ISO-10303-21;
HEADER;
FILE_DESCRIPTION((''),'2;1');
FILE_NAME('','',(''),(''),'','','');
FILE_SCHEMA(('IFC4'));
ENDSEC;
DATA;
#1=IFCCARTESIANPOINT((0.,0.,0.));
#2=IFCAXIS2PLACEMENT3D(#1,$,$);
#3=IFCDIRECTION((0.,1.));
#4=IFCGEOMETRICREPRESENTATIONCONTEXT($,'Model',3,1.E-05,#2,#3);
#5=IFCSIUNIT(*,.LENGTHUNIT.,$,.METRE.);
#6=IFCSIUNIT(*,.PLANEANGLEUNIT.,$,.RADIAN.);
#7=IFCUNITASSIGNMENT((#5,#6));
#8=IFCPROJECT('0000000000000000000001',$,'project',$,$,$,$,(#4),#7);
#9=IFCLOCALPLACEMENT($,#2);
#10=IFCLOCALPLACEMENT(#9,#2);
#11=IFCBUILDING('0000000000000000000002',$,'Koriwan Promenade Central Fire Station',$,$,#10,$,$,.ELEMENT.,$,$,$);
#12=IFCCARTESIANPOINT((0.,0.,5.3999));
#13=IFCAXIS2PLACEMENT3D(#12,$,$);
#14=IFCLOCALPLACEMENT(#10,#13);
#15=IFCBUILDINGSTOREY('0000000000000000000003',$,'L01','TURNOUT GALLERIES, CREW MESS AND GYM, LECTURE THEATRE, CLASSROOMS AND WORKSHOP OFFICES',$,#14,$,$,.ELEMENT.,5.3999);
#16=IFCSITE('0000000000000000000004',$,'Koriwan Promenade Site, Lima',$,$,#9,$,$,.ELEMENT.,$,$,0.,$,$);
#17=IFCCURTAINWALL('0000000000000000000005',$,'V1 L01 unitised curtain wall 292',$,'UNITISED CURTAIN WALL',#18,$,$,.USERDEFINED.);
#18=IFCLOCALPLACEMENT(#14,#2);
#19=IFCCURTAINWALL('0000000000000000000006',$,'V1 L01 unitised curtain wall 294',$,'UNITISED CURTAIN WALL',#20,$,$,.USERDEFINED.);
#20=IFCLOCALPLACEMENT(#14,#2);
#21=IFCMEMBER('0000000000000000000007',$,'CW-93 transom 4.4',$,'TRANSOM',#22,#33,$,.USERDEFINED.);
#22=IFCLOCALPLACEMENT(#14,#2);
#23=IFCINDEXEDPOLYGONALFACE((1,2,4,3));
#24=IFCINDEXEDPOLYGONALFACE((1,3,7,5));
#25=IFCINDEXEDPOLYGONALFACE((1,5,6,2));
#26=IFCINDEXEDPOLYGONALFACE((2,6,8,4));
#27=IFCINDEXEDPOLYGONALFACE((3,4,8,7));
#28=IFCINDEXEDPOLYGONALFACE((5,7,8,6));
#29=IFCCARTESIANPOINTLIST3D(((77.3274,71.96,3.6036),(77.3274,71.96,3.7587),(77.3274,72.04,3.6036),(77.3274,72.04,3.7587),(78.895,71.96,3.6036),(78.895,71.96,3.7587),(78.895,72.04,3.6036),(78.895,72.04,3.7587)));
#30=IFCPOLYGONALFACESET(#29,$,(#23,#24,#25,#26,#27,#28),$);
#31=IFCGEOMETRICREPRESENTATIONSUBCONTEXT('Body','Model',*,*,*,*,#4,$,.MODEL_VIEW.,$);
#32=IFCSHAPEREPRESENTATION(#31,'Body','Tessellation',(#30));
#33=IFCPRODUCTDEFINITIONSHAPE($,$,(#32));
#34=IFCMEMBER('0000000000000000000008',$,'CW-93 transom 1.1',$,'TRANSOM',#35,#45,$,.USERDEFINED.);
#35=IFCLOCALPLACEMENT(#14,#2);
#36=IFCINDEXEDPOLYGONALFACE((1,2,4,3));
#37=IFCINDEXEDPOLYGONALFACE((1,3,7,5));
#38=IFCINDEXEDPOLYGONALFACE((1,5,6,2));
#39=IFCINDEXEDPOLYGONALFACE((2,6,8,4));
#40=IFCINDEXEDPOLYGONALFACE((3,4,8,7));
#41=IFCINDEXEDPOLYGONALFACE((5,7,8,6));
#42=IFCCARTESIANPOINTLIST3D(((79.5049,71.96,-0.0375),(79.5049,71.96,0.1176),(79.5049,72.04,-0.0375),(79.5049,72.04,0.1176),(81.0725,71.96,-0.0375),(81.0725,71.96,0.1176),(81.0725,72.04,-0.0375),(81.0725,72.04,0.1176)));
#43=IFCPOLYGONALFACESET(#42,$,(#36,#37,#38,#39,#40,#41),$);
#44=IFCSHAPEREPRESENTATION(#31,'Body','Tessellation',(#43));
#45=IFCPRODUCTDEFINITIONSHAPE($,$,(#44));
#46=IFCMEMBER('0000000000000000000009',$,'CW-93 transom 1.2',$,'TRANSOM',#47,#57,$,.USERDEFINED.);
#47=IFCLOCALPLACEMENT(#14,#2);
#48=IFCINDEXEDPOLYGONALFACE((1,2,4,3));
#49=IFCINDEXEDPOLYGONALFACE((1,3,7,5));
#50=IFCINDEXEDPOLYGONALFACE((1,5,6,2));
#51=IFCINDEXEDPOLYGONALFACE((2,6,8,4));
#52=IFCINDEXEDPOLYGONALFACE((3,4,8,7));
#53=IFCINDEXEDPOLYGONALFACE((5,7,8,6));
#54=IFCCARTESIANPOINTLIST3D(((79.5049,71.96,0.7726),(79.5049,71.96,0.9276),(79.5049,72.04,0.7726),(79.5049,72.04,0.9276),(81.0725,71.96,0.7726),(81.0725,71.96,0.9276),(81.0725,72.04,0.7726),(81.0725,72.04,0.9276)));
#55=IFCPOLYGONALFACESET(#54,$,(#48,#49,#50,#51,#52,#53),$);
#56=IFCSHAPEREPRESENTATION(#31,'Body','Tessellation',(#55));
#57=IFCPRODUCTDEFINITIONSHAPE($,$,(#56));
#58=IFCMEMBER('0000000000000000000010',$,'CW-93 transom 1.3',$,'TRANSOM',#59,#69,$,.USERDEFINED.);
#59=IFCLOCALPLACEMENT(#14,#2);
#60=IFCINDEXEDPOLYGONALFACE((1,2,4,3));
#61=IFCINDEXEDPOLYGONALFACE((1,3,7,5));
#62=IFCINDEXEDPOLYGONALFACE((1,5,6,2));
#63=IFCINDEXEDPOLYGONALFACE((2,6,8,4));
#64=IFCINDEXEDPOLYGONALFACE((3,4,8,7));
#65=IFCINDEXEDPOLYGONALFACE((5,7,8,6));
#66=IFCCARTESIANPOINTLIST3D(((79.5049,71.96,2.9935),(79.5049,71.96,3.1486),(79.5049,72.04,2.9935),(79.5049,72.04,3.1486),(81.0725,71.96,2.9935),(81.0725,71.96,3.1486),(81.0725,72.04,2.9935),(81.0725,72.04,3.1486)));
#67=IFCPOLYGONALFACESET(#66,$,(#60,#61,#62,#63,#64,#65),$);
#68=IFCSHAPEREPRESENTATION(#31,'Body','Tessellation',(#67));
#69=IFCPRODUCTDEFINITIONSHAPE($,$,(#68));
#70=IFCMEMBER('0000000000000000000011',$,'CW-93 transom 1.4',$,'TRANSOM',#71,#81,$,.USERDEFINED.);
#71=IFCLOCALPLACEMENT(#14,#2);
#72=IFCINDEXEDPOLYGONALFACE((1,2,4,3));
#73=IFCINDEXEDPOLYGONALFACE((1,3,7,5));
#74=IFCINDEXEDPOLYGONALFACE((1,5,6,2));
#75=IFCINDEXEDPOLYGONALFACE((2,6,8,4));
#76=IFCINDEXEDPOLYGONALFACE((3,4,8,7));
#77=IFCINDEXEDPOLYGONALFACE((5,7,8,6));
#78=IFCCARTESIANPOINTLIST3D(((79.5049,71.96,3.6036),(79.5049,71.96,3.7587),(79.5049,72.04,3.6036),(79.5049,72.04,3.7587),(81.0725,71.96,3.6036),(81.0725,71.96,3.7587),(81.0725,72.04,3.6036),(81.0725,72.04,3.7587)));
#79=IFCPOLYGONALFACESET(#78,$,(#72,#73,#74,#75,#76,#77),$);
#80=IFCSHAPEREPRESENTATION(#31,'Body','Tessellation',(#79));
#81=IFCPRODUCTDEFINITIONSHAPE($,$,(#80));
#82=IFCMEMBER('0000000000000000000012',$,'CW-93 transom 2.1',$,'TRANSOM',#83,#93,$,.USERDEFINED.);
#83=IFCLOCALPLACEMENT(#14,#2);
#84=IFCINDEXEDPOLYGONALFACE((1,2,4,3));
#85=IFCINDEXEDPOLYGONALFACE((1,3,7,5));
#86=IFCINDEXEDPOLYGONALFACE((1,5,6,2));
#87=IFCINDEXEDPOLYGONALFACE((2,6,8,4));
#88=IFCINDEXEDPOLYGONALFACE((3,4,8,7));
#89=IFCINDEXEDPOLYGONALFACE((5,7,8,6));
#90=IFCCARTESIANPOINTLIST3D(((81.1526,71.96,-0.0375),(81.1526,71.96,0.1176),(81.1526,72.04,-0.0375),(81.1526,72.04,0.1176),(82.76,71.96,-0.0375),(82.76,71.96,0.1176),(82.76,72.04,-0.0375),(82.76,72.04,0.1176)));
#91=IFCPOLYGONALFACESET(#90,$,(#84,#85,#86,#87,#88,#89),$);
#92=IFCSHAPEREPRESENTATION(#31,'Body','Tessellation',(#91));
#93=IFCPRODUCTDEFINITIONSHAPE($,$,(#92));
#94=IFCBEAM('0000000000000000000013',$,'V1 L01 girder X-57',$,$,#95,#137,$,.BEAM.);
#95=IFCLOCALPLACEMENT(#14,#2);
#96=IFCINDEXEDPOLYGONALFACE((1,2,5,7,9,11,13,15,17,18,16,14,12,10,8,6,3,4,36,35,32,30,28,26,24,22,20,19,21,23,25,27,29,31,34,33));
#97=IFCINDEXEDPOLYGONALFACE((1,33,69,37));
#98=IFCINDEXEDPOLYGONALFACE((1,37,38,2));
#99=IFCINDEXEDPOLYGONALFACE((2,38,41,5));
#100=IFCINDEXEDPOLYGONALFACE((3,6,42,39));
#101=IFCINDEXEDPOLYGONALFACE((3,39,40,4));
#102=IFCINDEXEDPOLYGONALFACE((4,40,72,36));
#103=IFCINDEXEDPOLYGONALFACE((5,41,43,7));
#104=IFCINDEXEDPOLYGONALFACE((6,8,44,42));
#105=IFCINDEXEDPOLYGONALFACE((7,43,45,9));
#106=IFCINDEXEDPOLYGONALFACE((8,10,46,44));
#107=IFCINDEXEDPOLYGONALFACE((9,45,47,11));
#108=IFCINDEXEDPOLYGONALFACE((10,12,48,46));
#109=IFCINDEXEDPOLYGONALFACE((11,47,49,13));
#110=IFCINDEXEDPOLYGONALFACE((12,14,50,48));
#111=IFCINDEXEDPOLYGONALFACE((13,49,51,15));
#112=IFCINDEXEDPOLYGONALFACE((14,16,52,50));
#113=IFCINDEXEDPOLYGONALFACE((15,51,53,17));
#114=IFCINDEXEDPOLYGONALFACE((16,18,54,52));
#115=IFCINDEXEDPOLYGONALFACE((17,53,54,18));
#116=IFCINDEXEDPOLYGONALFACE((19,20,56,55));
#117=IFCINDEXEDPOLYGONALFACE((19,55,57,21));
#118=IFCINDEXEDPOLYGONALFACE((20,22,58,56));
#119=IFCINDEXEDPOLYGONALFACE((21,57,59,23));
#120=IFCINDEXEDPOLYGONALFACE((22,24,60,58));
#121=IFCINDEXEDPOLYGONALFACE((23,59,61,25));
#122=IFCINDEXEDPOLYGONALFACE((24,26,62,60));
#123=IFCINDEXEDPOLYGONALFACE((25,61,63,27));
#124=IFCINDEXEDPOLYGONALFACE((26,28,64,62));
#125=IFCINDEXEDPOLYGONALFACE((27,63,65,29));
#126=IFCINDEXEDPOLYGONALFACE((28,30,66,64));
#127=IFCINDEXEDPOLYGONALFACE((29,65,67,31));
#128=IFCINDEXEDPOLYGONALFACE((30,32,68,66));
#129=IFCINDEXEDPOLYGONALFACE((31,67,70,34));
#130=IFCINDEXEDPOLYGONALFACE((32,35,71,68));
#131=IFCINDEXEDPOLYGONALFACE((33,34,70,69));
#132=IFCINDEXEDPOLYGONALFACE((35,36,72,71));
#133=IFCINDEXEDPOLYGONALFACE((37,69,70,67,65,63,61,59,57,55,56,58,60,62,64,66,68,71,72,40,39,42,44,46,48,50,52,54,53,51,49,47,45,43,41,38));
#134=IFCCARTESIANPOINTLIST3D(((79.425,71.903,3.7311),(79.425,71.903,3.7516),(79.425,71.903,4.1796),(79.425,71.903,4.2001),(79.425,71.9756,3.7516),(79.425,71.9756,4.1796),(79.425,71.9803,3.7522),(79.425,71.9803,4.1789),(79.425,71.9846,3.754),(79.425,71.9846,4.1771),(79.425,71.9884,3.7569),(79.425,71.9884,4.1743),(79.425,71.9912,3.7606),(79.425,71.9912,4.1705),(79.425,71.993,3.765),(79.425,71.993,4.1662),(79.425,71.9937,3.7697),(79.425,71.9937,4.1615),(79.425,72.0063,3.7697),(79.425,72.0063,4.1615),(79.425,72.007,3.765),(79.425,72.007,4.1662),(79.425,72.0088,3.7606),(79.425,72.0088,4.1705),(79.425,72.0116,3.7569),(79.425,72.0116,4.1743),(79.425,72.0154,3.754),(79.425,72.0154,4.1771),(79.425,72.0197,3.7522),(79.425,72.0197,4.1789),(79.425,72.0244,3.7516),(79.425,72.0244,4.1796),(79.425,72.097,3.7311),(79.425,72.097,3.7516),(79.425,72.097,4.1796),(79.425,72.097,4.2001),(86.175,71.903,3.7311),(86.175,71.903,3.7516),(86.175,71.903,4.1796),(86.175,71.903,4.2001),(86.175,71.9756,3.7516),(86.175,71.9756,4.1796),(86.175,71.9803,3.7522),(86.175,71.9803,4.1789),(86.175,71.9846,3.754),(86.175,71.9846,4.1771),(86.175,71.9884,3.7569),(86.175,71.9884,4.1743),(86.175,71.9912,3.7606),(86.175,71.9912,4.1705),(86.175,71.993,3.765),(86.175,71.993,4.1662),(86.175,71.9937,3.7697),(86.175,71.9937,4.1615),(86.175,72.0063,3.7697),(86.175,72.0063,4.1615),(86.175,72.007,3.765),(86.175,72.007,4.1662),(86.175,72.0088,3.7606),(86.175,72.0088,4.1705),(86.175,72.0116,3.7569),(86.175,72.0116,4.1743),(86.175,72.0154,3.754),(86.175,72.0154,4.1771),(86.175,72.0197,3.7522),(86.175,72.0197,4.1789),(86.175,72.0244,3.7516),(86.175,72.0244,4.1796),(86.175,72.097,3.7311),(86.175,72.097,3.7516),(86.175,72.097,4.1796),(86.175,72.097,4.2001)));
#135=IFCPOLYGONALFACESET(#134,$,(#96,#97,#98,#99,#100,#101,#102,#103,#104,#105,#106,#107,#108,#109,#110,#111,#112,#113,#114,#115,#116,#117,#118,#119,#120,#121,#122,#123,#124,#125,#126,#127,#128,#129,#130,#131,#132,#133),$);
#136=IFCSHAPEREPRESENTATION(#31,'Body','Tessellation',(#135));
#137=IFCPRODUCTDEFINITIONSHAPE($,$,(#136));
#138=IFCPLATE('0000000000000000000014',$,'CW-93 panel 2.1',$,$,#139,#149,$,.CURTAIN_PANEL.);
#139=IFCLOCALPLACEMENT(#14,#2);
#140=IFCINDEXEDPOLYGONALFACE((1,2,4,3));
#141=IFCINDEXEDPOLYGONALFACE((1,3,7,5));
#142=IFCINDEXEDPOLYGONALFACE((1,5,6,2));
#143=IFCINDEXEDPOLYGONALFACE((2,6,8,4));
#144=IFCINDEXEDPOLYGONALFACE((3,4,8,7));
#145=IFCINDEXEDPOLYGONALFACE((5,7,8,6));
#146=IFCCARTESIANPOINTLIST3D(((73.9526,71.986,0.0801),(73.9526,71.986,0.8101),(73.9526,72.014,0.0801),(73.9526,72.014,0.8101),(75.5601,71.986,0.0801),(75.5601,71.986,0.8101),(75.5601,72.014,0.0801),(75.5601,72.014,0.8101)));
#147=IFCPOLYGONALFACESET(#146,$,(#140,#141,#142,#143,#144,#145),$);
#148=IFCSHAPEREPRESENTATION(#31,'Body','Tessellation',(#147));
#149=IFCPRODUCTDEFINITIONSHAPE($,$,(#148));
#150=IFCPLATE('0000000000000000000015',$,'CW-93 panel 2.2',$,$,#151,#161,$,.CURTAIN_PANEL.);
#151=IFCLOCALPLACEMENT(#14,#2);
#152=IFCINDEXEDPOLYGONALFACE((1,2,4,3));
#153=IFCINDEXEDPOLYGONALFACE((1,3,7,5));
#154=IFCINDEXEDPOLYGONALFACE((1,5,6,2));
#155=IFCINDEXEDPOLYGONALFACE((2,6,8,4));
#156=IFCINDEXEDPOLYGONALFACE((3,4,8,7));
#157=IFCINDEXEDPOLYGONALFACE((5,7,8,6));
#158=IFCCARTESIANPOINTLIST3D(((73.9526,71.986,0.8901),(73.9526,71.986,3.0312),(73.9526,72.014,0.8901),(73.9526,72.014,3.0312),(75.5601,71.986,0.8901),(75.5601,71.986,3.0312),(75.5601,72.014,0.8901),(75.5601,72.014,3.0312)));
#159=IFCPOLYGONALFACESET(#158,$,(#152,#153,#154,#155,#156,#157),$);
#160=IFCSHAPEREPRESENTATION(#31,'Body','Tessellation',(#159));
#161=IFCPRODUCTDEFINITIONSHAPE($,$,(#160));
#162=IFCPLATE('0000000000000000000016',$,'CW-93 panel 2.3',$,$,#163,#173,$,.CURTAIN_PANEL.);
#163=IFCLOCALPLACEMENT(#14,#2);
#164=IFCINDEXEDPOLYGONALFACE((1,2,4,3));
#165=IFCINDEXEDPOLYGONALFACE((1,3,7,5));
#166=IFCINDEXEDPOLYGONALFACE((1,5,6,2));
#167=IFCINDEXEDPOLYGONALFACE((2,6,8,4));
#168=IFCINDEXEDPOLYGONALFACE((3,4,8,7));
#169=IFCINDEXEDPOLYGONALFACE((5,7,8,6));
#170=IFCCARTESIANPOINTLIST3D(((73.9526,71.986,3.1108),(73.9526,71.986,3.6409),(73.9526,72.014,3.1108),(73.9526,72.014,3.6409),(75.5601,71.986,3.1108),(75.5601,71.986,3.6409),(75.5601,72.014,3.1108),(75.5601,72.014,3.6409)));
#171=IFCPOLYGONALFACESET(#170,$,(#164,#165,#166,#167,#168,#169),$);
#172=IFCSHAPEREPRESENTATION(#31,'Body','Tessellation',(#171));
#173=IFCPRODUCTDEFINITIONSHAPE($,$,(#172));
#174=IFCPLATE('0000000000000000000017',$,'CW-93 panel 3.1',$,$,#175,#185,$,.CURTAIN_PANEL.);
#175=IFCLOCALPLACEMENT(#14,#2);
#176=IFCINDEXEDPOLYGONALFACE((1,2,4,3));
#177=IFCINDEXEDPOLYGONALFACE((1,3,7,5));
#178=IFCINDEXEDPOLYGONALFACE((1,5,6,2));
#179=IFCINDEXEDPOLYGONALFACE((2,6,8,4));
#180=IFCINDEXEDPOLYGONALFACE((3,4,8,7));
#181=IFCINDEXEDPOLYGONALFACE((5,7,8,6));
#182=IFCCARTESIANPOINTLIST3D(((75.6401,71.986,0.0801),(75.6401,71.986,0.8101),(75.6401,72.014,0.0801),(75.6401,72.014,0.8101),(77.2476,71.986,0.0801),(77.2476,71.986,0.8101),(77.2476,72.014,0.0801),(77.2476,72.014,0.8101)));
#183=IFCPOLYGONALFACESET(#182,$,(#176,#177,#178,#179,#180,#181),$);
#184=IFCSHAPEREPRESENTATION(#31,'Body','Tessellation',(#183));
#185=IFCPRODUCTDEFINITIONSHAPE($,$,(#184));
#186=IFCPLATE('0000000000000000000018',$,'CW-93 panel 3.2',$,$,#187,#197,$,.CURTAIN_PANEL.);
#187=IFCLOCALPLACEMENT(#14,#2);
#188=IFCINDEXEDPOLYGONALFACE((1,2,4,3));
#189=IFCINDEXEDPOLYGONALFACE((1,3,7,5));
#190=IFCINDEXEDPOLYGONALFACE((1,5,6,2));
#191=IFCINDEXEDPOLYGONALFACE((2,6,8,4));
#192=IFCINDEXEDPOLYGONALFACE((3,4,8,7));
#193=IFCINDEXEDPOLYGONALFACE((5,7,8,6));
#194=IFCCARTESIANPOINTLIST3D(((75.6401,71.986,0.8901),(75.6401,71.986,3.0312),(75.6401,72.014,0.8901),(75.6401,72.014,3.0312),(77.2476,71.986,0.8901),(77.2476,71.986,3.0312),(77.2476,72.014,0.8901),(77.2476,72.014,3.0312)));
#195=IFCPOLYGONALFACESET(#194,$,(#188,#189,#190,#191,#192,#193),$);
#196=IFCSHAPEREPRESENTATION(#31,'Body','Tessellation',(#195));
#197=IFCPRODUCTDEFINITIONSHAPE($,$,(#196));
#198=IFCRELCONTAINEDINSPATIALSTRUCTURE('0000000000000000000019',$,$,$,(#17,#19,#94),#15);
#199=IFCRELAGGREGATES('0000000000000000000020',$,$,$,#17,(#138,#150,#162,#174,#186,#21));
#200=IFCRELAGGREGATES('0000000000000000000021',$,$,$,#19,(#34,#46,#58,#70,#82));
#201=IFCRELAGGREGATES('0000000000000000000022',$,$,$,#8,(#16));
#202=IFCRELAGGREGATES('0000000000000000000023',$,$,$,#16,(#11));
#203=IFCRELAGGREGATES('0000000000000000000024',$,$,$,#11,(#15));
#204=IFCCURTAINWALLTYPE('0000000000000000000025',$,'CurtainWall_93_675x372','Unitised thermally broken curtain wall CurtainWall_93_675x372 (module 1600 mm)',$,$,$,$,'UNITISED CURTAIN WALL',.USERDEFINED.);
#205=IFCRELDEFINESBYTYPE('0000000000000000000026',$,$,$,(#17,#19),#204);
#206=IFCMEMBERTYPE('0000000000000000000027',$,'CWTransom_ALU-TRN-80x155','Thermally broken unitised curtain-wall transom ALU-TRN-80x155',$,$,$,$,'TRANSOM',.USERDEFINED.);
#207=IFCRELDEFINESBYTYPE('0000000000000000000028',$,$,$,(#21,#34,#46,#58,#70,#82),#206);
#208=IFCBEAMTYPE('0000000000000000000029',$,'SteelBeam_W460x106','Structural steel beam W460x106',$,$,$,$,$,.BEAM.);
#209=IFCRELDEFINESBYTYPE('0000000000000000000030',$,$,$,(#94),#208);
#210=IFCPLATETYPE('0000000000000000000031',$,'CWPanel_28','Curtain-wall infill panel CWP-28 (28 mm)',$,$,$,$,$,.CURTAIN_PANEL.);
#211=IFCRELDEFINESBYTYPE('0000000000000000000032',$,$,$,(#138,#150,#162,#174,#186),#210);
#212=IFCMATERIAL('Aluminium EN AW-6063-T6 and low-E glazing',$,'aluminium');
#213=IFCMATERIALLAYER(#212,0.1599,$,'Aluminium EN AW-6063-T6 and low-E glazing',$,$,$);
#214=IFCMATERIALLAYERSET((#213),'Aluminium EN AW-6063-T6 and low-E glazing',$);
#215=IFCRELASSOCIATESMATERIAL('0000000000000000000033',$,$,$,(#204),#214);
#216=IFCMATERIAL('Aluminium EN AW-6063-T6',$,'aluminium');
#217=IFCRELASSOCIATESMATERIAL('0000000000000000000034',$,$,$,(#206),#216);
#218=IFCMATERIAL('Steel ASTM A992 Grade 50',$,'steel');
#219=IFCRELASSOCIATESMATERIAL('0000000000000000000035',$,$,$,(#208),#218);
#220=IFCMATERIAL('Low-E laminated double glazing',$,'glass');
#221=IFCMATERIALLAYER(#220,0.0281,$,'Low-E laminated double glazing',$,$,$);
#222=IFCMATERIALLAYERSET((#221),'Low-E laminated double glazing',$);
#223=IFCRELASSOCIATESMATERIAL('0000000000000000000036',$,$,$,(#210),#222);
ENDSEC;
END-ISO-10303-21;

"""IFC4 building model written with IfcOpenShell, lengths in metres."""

from ifc_helpers import new_model, si_unit, direction, frame, origin, origin_2d, place, context, subcontext, project, spatial, rectangle, i_section, extrude, material, layer, layer_set, material_profile, profile_set, type_object, element, aggregate, save


model = new_model("IFC4")

# Units and contexts
model_context = context("Model", 3, precision=1e-05, world=origin(), true_north=direction((0.0, 1.0)))
body_context = subcontext(model_context, "Body", "Model", "MODEL_VIEW")
ifc_project = project(units=[si_unit("LENGTHUNIT", "METRE"), si_unit("PLANEANGLEUNIT", "RADIAN")], contexts=[model_context])

# Site, building, storey
site_placement = place(None, origin())
site = spatial("IfcSite", under=ifc_project, at=site_placement, Name="Koriwan Promenade Site, Lima", CompositionType="ELEMENT", RefElevation=0.0)
building_placement = place(site_placement, origin())
building = spatial("IfcBuilding", under=site, at=building_placement, Name="Koriwan Promenade Central Fire Station", CompositionType="ELEMENT")
storey_placement = place(building_placement, frame((0.0, 0.0, 5.3999)))
storey = spatial("IfcBuildingStorey", under=building, at=storey_placement, Name="L01", Description="TURNOUT GALLERIES, CREW MESS AND GYM, LECTURE THEATRE, CLASSROOMS AND WORKSHOP OFFICES", CompositionType="ELEMENT", Elevation=5.3999)

# Curtain walls
ifc_material_1 = material(Name="Aluminium EN AW-6063-T6 and low-E glazing", Category="aluminium")
ifc_layer_1 = layer(ifc_material_1, 0.1599, Name="Aluminium EN AW-6063-T6 and low-E glazing")
ifc_layer_set_1 = layer_set([ifc_layer_1], Name="Aluminium EN AW-6063-T6 and low-E glazing")
curtain_wall_type = type_object("IfcCurtainWallType", Name="CurtainWall_93_675x372", Description="Unitised thermally broken curtain wall CurtainWall_93_675x372 (module 1600 mm)", ElementType="UNITISED CURTAIN WALL", PredefinedType="USERDEFINED", material=ifc_layer_set_1)
curtain_wall_1_placement = place(storey_placement, origin())
curtain_wall_1 = element("IfcCurtainWall", 1, at=curtain_wall_1_placement, inside=storey, type_object=curtain_wall_type, Name="V1 L01 unitised curtain wall 292", ObjectType="UNITISED CURTAIN WALL", PredefinedType="USERDEFINED")
ifc_material_2 = material(Name="Aluminium EN AW-6063-T6", Category="aluminium")
curtain_wall_2_placement = place(storey_placement, origin())
curtain_wall_2 = element("IfcCurtainWall", 2, at=curtain_wall_2_placement, inside=storey, type_object=curtain_wall_type, Name="V1 L01 unitised curtain wall 294", ObjectType="UNITISED CURTAIN WALL", PredefinedType="USERDEFINED")

# Members
ifc_material_profile_1 = material_profile(ifc_material_2, rectangle(XDim=0.0801, YDim=0.155, at=origin_2d()), Name="ALU-TRN-80x155")
ifc_profile_set_1 = profile_set([ifc_material_profile_1], Name="Aluminium EN AW-6063-T6")
member_type_1 = type_object("IfcMemberType", Name="CWTransom_ALU-TRN-80x155", Description="Thermally broken unitised curtain-wall transom ALU-TRN-80x155", ElementType="TRANSOM", PredefinedType="USERDEFINED", material=ifc_profile_set_1)
member_1_placement = place(storey_placement, frame((77.3274, 72.0, 3.6812), z_axis=(1.0, 0.0, 0.0), x_axis=(0.0, 1.0, 0.0)))
member_1 = element("IfcMember", 3, at=member_1_placement, type_object=member_type_1, Name="CW-93 transom 4.4", ObjectType="TRANSOM", PredefinedType="USERDEFINED", context=body_context, shape_type="SweptSolid", body=[
    extrude(rectangle(XDim=0.0801, YDim=0.155, at=origin_2d()), origin(), (0.0, 0.0, 1.0), 1.5676),
])
member_2_placement = place(storey_placement, frame((79.5049, 72.0, 0.04), z_axis=(1.0, 0.0, 0.0), x_axis=(0.0, 1.0, 0.0)))
member_2 = element("IfcMember", 4, at=member_2_placement, type_object=member_type_1, Name="CW-93 transom 1.1", ObjectType="TRANSOM", PredefinedType="USERDEFINED", context=body_context, shape_type="SweptSolid", body=[
    extrude(rectangle(XDim=0.0801, YDim=0.155, at=origin_2d()), origin(), (0.0, 0.0, 1.0), 1.5676),
])
member_3_placement = place(storey_placement, frame((79.5049, 72.0, 0.8501), z_axis=(1.0, 0.0, 0.0), x_axis=(0.0, 1.0, 0.0)))
member_3 = element("IfcMember", 5, at=member_3_placement, type_object=member_type_1, Name="CW-93 transom 1.2", ObjectType="TRANSOM", PredefinedType="USERDEFINED", context=body_context, shape_type="SweptSolid", body=[
    extrude(rectangle(XDim=0.0801, YDim=0.155, at=origin_2d()), origin(), (0.0, 0.0, 1.0), 1.5676),
])
member_4_placement = place(storey_placement, frame((79.5049, 72.0, 3.071), z_axis=(1.0, 0.0, 0.0), x_axis=(0.0, 1.0, 0.0)))
member_4 = element("IfcMember", 6, at=member_4_placement, type_object=member_type_1, Name="CW-93 transom 1.3", ObjectType="TRANSOM", PredefinedType="USERDEFINED", context=body_context, shape_type="SweptSolid", body=[
    extrude(rectangle(XDim=0.0801, YDim=0.155, at=origin_2d()), origin(), (0.0, 0.0, 1.0), 1.5676),
])
member_5_placement = place(storey_placement, frame((79.5049, 72.0, 3.6812), z_axis=(1.0, 0.0, 0.0), x_axis=(0.0, 1.0, 0.0)))
member_5 = element("IfcMember", 7, at=member_5_placement, type_object=member_type_1, Name="CW-93 transom 1.4", ObjectType="TRANSOM", PredefinedType="USERDEFINED", context=body_context, shape_type="SweptSolid", body=[
    extrude(rectangle(XDim=0.0801, YDim=0.155, at=origin_2d()), origin(), (0.0, 0.0, 1.0), 1.5676),
])
member_6_placement = place(storey_placement, frame((81.1526, 72.0, 0.04), z_axis=(1.0, 0.0, 0.0), x_axis=(0.0, 1.0, 0.0)))
member_6 = element("IfcMember", 8, at=member_6_placement, type_object=member_type_1, Name="CW-93 transom 2.1", ObjectType="TRANSOM", PredefinedType="USERDEFINED", context=body_context, shape_type="SweptSolid", body=[
    extrude(rectangle(XDim=0.0801, YDim=0.155, at=origin_2d()), origin(), (0.0, 0.0, 1.0), 1.6074),
])

# Beam
ifc_material_3 = material(Name="Steel ASTM A992 Grade 50", Category="steel")
ifc_material_profile_2 = material_profile(ifc_material_3, i_section(OverallWidth=0.1941, OverallDepth=0.469, WebThickness=0.0127, FlangeThickness=0.0205, FilletRadius=0.0181, at=origin_2d()), Name="W460x106")
ifc_profile_set_2 = profile_set([ifc_material_profile_2], Name="Steel ASTM A992 Grade 50")
beam_type = type_object("IfcBeamType", Name="SteelBeam_W460x106", Description="Structural steel beam W460x106", PredefinedType="BEAM", material=ifc_profile_set_2)
beam_placement = place(storey_placement, frame((79.425, 72.0, 3.9656), z_axis=(1.0, 0.0, 0.0), x_axis=(0.0, 1.0, 0.0)))
element("IfcBeam", 9, at=beam_placement, inside=storey, type_object=beam_type, Name="V1 L01 girder X-57", PredefinedType="BEAM", context=body_context, shape_type="SweptSolid", body=[
    extrude(i_section(OverallWidth=0.1941, OverallDepth=0.469, WebThickness=0.0127, FlangeThickness=0.0205, FilletRadius=0.0181, at=origin_2d()), origin(), (0.0, 0.0, 1.0), 6.75),
])

# Plates
ifc_material_4 = material(Name="Low-E laminated double glazing", Category="glass")
ifc_layer_2 = layer(ifc_material_4, 0.0281, Name="Low-E laminated double glazing")
ifc_layer_set_2 = layer_set([ifc_layer_2], Name="Low-E laminated double glazing")
plate_type_1 = type_object("IfcPlateType", Name="CWPanel_28", Description="Curtain-wall infill panel CWP-28 (28 mm)", PredefinedType="CURTAIN_PANEL", material=ifc_layer_set_2)
plate_1_placement = place(storey_placement, frame((74.7563, 72.0, 0.0801), z_axis=(0.0, 0.0, 1.0), x_axis=(1.0, 0.0, 0.0)))
plate_1 = element("IfcPlate", 10, at=plate_1_placement, type_object=plate_type_1, Name="CW-93 panel 2.1", PredefinedType="CURTAIN_PANEL", context=body_context, shape_type="SweptSolid", body=[
    extrude(rectangle(XDim=1.6074, YDim=0.0281, at=origin_2d()), origin(), (0.0, 0.0, 1.0), 0.73),
])
plate_2_placement = place(storey_placement, frame((74.7563, 72.0, 0.8901), z_axis=(0.0, 0.0, 1.0), x_axis=(1.0, 0.0, 0.0)))
plate_2 = element("IfcPlate", 11, at=plate_2_placement, type_object=plate_type_1, Name="CW-93 panel 2.2", PredefinedType="CURTAIN_PANEL", context=body_context, shape_type="SweptSolid", body=[
    extrude(rectangle(XDim=1.6074, YDim=0.0281, at=origin_2d()), origin(), (0.0, 0.0, 1.0), 2.1411),
])
plate_3_placement = place(storey_placement, frame((74.7563, 72.0, 3.1108), z_axis=(0.0, 0.0, 1.0), x_axis=(1.0, 0.0, 0.0)))
plate_3 = element("IfcPlate", 12, at=plate_3_placement, type_object=plate_type_1, Name="CW-93 panel 2.3", PredefinedType="CURTAIN_PANEL", context=body_context, shape_type="SweptSolid", body=[
    extrude(rectangle(XDim=1.6074, YDim=0.0281, at=origin_2d()), origin(), (0.0, 0.0, 1.0), 0.53),
])
plate_4_placement = place(storey_placement, frame((76.4438, 72.0, 0.0801), z_axis=(0.0, 0.0, 1.0), x_axis=(1.0, 0.0, 0.0)))
plate_4 = element("IfcPlate", 13, at=plate_4_placement, type_object=plate_type_1, Name="CW-93 panel 3.1", PredefinedType="CURTAIN_PANEL", context=body_context, shape_type="SweptSolid", body=[
    extrude(rectangle(XDim=1.6074, YDim=0.0281, at=origin_2d()), origin(), (0.0, 0.0, 1.0), 0.73),
])
plate_5_placement = place(storey_placement, frame((76.4438, 72.0, 0.8901), z_axis=(0.0, 0.0, 1.0), x_axis=(1.0, 0.0, 0.0)))
plate_5 = element("IfcPlate", 14, at=plate_5_placement, type_object=plate_type_1, Name="CW-93 panel 3.2", PredefinedType="CURTAIN_PANEL", context=body_context, shape_type="SweptSolid", body=[
    extrude(rectangle(XDim=1.6074, YDim=0.0281, at=origin_2d()), origin(), (0.0, 0.0, 1.0), 2.1411),
])
aggregate(curtain_wall_1, [plate_1, plate_2, plate_3, plate_4, plate_5, member_1])
aggregate(curtain_wall_2, [member_2, member_3, member_4, member_5, member_6])

save(model, "model.ifc")
